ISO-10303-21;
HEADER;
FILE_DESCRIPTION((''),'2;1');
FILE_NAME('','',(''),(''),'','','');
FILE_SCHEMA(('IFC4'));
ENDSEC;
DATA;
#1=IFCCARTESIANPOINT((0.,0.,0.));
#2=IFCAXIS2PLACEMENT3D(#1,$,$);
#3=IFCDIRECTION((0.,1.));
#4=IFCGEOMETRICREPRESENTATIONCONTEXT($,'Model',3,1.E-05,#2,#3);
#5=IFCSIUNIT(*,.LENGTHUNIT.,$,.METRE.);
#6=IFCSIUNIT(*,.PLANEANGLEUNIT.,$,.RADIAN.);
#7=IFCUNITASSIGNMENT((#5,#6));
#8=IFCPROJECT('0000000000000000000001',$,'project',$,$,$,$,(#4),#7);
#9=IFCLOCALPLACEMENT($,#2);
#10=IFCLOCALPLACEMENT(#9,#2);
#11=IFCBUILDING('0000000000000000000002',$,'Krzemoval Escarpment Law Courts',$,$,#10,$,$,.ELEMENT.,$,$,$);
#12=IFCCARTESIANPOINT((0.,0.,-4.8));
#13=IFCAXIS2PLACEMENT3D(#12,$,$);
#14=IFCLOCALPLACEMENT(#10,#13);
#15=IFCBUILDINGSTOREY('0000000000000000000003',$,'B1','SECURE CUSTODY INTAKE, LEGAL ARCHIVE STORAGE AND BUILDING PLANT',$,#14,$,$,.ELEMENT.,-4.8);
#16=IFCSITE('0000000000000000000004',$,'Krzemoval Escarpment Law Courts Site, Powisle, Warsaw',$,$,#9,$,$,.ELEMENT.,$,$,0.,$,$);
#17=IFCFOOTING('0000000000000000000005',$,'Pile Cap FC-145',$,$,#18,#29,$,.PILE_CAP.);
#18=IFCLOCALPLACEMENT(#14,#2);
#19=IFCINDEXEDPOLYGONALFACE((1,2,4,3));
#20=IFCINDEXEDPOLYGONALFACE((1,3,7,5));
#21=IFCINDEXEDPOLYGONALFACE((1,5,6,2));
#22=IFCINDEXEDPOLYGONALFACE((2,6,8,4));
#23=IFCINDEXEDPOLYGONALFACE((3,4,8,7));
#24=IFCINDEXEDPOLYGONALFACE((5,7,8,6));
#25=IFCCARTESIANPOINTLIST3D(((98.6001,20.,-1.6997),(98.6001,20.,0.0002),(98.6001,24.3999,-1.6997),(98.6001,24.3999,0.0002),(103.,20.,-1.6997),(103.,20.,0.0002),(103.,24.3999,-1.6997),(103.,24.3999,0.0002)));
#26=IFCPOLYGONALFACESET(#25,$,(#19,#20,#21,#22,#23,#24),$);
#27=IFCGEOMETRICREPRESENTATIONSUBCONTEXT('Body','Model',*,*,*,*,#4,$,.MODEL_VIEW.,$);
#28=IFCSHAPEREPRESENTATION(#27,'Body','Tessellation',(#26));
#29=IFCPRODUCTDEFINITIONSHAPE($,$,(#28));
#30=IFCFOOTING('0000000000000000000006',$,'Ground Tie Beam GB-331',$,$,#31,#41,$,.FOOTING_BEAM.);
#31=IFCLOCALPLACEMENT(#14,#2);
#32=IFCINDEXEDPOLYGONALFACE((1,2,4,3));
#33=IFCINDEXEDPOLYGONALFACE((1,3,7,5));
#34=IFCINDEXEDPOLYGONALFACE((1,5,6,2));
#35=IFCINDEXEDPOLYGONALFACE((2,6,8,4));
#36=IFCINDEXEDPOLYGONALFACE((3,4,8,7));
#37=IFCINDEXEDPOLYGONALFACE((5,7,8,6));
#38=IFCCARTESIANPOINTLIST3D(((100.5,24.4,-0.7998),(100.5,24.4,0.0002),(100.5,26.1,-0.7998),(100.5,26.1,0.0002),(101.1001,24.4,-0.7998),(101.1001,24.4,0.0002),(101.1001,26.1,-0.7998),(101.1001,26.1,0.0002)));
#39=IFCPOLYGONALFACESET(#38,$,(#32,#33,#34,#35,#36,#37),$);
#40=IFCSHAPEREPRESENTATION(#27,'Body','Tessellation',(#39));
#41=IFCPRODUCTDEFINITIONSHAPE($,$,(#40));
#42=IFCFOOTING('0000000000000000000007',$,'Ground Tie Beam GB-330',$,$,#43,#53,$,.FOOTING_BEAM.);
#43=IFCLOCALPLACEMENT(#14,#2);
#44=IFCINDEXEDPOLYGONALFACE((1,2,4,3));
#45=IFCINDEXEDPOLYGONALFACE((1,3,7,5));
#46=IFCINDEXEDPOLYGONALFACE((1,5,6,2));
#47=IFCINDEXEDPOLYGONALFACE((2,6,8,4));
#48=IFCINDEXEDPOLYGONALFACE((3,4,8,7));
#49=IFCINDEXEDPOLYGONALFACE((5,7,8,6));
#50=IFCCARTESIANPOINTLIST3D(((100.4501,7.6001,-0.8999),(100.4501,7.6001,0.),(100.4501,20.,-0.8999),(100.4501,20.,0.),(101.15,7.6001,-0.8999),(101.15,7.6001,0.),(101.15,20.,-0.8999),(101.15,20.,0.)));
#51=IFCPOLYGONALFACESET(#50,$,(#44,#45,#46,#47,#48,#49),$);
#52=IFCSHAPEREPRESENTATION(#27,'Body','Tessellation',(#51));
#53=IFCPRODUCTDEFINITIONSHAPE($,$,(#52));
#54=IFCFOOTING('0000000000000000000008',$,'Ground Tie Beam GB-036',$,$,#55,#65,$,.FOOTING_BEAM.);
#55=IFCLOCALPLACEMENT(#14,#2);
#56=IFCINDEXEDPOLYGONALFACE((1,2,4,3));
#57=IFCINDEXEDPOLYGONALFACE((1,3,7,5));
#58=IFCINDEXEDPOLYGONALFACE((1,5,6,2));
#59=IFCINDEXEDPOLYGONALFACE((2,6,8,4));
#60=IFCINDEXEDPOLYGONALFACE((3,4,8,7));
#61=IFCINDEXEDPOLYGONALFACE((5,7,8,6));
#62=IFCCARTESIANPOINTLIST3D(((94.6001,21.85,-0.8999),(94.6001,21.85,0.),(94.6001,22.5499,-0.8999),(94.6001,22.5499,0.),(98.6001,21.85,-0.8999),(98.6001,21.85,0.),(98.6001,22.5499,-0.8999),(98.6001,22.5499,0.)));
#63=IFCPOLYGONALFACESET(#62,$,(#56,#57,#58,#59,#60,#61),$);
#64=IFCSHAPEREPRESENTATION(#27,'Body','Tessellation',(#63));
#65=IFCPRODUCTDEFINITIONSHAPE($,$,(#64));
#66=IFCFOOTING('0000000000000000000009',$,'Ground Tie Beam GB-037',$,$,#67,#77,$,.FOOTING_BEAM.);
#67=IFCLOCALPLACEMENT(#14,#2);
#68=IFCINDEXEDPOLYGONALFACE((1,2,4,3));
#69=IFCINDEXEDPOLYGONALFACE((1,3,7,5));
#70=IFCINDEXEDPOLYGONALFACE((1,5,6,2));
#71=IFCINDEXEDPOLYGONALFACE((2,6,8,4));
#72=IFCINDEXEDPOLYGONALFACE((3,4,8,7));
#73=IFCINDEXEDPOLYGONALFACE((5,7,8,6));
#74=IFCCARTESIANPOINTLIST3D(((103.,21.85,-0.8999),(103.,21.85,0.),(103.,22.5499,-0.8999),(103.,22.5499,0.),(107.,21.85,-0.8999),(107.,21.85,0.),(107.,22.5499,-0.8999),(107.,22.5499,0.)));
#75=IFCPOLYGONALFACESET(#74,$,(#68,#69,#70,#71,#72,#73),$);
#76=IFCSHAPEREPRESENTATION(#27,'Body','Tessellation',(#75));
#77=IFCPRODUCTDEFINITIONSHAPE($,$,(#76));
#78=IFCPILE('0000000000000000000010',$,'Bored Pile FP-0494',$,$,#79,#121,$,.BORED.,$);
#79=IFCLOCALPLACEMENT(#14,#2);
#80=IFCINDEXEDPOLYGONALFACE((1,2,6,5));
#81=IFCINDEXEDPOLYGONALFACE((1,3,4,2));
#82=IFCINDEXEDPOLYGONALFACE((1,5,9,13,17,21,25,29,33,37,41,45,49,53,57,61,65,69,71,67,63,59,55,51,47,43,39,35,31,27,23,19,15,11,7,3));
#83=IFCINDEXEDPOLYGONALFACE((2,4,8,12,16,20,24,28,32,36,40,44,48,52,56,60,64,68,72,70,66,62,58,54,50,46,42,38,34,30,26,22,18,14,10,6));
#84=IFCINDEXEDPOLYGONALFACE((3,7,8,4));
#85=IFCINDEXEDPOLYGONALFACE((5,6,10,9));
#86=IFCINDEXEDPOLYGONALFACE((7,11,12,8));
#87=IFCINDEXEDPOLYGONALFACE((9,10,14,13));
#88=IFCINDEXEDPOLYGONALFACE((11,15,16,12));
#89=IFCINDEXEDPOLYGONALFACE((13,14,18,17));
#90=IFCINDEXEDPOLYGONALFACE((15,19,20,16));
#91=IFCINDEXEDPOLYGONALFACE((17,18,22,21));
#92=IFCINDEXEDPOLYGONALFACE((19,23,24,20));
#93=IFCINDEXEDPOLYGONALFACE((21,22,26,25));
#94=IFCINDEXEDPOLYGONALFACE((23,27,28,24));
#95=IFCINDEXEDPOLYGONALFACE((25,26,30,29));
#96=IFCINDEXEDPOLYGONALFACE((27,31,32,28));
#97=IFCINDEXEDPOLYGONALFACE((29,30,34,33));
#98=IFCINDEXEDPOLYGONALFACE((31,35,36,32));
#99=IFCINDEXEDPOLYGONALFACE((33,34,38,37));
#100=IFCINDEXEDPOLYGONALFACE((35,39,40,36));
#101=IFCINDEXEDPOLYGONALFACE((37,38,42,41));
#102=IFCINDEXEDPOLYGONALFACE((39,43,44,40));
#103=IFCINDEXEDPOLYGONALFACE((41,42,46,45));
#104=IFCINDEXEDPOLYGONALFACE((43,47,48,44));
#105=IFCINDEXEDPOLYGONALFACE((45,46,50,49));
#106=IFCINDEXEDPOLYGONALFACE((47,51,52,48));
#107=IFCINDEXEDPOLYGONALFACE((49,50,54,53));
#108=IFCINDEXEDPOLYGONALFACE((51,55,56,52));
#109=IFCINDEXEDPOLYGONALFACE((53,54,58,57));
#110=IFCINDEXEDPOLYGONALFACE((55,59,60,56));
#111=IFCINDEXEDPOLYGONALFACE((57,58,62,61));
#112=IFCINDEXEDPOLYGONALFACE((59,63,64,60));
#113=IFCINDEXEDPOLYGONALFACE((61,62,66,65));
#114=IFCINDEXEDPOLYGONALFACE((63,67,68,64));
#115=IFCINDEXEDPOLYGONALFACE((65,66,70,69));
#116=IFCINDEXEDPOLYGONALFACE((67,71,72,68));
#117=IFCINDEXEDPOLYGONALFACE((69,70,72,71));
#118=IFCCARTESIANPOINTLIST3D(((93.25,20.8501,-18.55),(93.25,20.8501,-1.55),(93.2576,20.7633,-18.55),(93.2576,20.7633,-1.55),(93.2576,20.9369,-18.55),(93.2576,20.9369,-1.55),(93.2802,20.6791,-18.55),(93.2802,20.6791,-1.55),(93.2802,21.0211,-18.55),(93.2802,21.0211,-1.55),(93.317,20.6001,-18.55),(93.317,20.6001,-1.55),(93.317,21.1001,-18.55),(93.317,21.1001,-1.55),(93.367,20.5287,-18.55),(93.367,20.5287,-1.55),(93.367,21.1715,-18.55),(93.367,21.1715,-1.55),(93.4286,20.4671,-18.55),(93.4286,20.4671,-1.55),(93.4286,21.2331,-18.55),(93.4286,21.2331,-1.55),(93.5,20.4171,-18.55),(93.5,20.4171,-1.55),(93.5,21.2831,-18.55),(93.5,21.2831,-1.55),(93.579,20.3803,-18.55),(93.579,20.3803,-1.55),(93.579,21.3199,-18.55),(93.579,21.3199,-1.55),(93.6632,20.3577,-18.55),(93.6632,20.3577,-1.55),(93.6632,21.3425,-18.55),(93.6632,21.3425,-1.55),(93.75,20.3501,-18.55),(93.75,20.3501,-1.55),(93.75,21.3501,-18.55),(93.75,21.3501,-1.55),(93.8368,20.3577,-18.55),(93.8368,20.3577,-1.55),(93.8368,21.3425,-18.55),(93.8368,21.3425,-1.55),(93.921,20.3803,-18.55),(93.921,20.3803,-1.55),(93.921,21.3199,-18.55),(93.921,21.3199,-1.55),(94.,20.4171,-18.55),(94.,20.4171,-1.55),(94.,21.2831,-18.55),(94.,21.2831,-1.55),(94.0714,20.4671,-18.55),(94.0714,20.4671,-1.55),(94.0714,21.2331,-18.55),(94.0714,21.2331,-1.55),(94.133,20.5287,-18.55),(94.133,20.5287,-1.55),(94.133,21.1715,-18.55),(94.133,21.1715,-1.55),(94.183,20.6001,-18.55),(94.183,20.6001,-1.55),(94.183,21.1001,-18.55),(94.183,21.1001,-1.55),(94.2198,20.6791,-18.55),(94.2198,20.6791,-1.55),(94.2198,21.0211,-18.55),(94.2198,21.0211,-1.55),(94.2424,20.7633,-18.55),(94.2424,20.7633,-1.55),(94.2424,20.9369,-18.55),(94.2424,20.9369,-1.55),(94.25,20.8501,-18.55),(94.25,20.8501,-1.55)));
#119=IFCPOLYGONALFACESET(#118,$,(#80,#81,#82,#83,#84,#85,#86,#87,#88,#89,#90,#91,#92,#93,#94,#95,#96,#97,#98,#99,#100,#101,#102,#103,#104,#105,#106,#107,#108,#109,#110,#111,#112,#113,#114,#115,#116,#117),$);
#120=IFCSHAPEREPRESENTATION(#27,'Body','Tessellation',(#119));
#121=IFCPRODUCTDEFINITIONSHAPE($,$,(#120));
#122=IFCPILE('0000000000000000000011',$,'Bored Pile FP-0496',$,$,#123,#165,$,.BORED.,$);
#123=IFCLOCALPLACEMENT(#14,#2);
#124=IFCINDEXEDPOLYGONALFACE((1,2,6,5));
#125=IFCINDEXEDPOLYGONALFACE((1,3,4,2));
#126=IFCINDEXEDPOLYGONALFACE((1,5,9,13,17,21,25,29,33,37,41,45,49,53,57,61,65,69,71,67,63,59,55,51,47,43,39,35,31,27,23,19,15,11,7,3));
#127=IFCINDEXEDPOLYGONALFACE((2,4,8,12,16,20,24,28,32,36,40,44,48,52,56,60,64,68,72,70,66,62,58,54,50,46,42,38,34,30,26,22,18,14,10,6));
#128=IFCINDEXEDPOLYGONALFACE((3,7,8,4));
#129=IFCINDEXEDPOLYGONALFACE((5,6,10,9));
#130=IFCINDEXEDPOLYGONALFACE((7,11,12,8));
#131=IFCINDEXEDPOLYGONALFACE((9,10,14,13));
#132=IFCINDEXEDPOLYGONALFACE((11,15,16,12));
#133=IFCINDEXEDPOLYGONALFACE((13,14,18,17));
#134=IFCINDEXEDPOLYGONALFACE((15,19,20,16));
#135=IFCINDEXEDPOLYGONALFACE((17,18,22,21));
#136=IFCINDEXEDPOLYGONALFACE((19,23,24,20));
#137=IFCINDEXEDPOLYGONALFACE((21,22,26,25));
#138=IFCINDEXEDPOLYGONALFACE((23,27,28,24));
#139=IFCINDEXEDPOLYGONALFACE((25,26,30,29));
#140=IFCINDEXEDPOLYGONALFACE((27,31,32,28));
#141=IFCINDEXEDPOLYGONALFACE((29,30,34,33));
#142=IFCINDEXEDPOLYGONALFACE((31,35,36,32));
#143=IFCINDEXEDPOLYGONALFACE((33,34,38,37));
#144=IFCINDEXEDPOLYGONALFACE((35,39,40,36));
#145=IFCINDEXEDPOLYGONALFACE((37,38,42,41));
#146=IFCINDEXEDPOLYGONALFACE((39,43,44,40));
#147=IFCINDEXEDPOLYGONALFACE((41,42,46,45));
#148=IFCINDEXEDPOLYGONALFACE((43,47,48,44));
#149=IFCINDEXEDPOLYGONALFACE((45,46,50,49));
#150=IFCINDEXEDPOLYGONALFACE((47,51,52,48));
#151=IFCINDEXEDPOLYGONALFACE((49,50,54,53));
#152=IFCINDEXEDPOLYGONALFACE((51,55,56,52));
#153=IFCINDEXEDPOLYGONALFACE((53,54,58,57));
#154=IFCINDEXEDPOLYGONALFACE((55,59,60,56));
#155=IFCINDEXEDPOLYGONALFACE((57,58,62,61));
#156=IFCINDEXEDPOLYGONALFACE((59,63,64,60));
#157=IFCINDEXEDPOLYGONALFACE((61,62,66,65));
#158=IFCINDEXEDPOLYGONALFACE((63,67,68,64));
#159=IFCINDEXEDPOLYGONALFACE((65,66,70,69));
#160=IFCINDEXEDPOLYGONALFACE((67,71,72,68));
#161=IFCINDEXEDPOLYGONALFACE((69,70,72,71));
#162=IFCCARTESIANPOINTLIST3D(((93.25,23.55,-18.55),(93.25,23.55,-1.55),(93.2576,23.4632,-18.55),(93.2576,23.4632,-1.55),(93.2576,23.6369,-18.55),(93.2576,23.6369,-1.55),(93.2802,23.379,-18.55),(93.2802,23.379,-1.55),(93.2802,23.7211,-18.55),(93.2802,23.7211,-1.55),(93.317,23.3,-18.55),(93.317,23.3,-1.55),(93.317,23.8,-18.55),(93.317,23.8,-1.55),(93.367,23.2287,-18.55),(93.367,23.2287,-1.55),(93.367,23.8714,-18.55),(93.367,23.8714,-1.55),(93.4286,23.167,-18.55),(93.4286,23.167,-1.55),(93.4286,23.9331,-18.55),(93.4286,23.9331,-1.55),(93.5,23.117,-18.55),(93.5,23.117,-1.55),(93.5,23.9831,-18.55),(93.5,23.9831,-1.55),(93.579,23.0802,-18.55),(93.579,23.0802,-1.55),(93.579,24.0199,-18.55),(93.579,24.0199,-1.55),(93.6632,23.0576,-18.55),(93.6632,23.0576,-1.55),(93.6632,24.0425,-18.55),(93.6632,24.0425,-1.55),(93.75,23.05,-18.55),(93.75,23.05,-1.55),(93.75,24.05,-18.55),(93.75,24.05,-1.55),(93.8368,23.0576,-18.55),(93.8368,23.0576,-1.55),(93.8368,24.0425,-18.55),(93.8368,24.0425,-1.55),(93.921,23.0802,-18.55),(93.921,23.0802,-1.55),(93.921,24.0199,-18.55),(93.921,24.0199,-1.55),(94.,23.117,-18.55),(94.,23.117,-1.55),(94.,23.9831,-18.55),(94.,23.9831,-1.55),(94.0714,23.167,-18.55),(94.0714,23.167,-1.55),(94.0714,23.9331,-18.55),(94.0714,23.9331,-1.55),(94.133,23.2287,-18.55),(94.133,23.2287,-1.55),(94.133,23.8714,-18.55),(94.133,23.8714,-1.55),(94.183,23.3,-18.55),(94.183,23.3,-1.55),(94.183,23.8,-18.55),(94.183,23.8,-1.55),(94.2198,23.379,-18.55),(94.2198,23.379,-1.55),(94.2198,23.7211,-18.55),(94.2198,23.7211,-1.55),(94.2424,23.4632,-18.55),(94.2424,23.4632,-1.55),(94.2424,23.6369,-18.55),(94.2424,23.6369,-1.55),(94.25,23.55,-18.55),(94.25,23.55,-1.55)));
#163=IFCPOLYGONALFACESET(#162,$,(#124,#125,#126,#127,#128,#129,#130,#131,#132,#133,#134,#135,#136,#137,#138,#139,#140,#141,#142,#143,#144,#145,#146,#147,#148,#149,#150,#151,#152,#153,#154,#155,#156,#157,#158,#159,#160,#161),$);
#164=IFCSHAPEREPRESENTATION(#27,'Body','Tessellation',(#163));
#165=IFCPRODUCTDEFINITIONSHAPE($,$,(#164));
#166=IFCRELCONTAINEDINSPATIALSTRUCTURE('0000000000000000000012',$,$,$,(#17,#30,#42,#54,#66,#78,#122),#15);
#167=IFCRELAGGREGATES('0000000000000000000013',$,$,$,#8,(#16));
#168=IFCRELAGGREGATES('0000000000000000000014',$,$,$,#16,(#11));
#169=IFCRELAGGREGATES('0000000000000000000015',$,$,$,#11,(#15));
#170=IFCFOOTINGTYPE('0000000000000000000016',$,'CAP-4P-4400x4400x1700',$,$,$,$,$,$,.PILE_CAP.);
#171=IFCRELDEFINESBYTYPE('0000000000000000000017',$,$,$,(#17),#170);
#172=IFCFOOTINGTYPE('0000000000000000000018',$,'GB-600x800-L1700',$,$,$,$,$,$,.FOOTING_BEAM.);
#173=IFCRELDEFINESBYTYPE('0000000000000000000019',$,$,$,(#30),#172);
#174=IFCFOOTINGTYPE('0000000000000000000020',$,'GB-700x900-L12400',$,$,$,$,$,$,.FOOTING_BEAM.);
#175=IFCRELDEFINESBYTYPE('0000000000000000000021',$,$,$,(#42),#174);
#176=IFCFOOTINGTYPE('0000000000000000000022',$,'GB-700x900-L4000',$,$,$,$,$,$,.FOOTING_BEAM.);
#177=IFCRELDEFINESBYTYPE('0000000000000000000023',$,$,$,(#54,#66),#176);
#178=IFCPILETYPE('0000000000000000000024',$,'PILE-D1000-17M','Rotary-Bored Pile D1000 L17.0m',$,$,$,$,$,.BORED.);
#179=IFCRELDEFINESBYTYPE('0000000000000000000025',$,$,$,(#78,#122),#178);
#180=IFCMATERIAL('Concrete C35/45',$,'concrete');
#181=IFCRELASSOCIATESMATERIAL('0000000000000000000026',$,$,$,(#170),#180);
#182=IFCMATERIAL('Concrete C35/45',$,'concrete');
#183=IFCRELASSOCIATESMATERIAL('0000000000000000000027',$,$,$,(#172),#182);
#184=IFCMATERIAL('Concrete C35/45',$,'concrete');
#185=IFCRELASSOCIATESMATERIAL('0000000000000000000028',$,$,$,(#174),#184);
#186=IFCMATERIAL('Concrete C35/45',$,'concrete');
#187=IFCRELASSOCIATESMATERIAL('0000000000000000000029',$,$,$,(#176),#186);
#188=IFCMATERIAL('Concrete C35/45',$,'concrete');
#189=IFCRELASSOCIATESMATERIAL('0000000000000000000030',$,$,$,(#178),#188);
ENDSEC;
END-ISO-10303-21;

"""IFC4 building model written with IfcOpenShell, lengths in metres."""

from ifc_helpers import new_model, si_unit, direction, frame, origin, origin_2d, place, context, subcontext, project, spatial, rectangle, circle, extrude, material, material_profile, profile_set, type_object, element, save


model = new_model("IFC4")

# Units and contexts
model_context = context("Model", 3, precision=1e-05, world=origin(), true_north=direction((0.0, 1.0)))
body_context = subcontext(model_context, "Body", "Model", "MODEL_VIEW")
ifc_project = project(units=[si_unit("LENGTHUNIT", "METRE"), si_unit("PLANEANGLEUNIT", "RADIAN")], contexts=[model_context])

# Site, building, storey
site_placement = place(None, origin())
site = spatial("IfcSite", under=ifc_project, at=site_placement, Name="Krzemoval Escarpment Law Courts Site, Powisle, Warsaw", CompositionType="ELEMENT", RefElevation=0.0)
building_placement = place(site_placement, origin())
building = spatial("IfcBuilding", under=site, at=building_placement, Name="Krzemoval Escarpment Law Courts", CompositionType="ELEMENT")
storey_placement = place(building_placement, frame((0.0, 0.0, -4.8)))
storey = spatial("IfcBuildingStorey", under=building, at=storey_placement, Name="B1", Description="SECURE CUSTODY INTAKE, LEGAL ARCHIVE STORAGE AND BUILDING PLANT", CompositionType="ELEMENT", Elevation=-4.8)

# Footings
ifc_material_1 = material(Name="Concrete C35/45", Category="concrete")
footing_type_1 = type_object("IfcFootingType", Name="CAP-4P-4400x4400x1700", PredefinedType="PILE_CAP", material=ifc_material_1)
footing_1_placement = place(storey_placement, frame((100.8, 22.2, -1.6997), z_axis=(0.0, 0.0, 1.0), x_axis=(1.0, 0.0, 0.0)))
element("IfcFooting", 1, at=footing_1_placement, inside=storey, type_object=footing_type_1, Name="Pile Cap FC-145", PredefinedType="PILE_CAP", context=body_context, shape_type="SweptSolid", body=[
    extrude(rectangle(XDim=4.3999, YDim=4.3999, at=origin_2d()), origin(), (0.0, 0.0, 1.0), 1.7),
])
ifc_material_2 = material(Name="Concrete C35/45", Category="concrete")
footing_type_2 = type_object("IfcFootingType", Name="GB-600x800-L1700", PredefinedType="FOOTING_BEAM", material=ifc_material_2)
footing_2_placement = place(storey_placement, frame((100.8, 25.25, -0.7998), z_axis=(0.0, 0.0, 1.0), x_axis=(0.0, 1.0, 0.0)))
element("IfcFooting", 2, at=footing_2_placement, inside=storey, type_object=footing_type_2, Name="Ground Tie Beam GB-331", PredefinedType="FOOTING_BEAM", context=body_context, shape_type="SweptSolid", body=[
    extrude(rectangle(XDim=1.7, YDim=0.6001, at=origin_2d()), origin(), (0.0, 0.0, 1.0), 0.8),
])
ifc_material_3 = material(Name="Concrete C35/45", Category="concrete")
footing_type_3 = type_object("IfcFootingType", Name="GB-700x900-L12400", PredefinedType="FOOTING_BEAM", material=ifc_material_3)
footing_3_placement = place(storey_placement, frame((100.8, 13.8, -0.8999), z_axis=(0.0, 0.0, 1.0), x_axis=(0.0, 1.0, 0.0)))
element("IfcFooting", 3, at=footing_3_placement, inside=storey, type_object=footing_type_3, Name="Ground Tie Beam GB-330", PredefinedType="FOOTING_BEAM", context=body_context, shape_type="SweptSolid", body=[
    extrude(rectangle(XDim=12.3999, YDim=0.7, at=origin_2d()), origin(), (0.0, 0.0, 1.0), 0.8999),
])
ifc_material_4 = material(Name="Concrete C35/45", Category="concrete")
footing_type_4 = type_object("IfcFootingType", Name="GB-700x900-L4000", PredefinedType="FOOTING_BEAM", material=ifc_material_4)
for number, where, z_axis, x_axis, name in (
    (4, (96.6001, 22.2, -0.8999), (0.0, 0.0, 1.0), (1.0, 0.0, 0.0), "Ground Tie Beam GB-036"),
    (5, (105.0, 22.2, -0.8999), (0.0, 0.0, 1.0), (1.0, 0.0, 0.0), "Ground Tie Beam GB-037"),
):
    element("IfcFooting", number, at=place(storey_placement, frame(where, z_axis=z_axis, x_axis=x_axis)), inside=storey, type_object=footing_type_4, Name=name, PredefinedType="FOOTING_BEAM", context=body_context, shape_type="SweptSolid", body=[
        extrude(rectangle(XDim=4.0, YDim=0.7, at=origin_2d()), origin(), (0.0, 0.0, 1.0), 0.8999),
    ])

# Piles
ifc_material_5 = material(Name="Concrete C35/45", Category="concrete")
ifc_material_profile_1 = material_profile(ifc_material_5, circle(Radius=0.5, at=origin_2d()), Name="PILE D1000")
ifc_profile_set_1 = profile_set([ifc_material_profile_1], Name="Concrete C35/45")
pile_type = type_object("IfcPileType", Name="PILE-D1000-17M", Description="Rotary-Bored Pile D1000 L17.0m", PredefinedType="BORED", material=ifc_profile_set_1)
for number, where, z_axis, x_axis, name in (
    (6, (93.75, 20.8501, -1.55), (0.0, 0.0, -1.0), (1.0, 0.0, 0.0), "Bored Pile FP-0494"),
    (7, (93.75, 23.55, -1.55), (0.0, 0.0, -1.0), (1.0, 0.0, 0.0), "Bored Pile FP-0496"),
):
    element("IfcPile", number, at=place(storey_placement, frame(where, z_axis=z_axis, x_axis=x_axis)), inside=storey, type_object=pile_type, Name=name, PredefinedType="BORED", context=body_context, shape_type="SweptSolid", body=[
        extrude(circle(Radius=0.5, at=origin_2d()), origin(), (0.0, 0.0, 1.0), 17.0),
    ])

save(model, "model.ifc")
